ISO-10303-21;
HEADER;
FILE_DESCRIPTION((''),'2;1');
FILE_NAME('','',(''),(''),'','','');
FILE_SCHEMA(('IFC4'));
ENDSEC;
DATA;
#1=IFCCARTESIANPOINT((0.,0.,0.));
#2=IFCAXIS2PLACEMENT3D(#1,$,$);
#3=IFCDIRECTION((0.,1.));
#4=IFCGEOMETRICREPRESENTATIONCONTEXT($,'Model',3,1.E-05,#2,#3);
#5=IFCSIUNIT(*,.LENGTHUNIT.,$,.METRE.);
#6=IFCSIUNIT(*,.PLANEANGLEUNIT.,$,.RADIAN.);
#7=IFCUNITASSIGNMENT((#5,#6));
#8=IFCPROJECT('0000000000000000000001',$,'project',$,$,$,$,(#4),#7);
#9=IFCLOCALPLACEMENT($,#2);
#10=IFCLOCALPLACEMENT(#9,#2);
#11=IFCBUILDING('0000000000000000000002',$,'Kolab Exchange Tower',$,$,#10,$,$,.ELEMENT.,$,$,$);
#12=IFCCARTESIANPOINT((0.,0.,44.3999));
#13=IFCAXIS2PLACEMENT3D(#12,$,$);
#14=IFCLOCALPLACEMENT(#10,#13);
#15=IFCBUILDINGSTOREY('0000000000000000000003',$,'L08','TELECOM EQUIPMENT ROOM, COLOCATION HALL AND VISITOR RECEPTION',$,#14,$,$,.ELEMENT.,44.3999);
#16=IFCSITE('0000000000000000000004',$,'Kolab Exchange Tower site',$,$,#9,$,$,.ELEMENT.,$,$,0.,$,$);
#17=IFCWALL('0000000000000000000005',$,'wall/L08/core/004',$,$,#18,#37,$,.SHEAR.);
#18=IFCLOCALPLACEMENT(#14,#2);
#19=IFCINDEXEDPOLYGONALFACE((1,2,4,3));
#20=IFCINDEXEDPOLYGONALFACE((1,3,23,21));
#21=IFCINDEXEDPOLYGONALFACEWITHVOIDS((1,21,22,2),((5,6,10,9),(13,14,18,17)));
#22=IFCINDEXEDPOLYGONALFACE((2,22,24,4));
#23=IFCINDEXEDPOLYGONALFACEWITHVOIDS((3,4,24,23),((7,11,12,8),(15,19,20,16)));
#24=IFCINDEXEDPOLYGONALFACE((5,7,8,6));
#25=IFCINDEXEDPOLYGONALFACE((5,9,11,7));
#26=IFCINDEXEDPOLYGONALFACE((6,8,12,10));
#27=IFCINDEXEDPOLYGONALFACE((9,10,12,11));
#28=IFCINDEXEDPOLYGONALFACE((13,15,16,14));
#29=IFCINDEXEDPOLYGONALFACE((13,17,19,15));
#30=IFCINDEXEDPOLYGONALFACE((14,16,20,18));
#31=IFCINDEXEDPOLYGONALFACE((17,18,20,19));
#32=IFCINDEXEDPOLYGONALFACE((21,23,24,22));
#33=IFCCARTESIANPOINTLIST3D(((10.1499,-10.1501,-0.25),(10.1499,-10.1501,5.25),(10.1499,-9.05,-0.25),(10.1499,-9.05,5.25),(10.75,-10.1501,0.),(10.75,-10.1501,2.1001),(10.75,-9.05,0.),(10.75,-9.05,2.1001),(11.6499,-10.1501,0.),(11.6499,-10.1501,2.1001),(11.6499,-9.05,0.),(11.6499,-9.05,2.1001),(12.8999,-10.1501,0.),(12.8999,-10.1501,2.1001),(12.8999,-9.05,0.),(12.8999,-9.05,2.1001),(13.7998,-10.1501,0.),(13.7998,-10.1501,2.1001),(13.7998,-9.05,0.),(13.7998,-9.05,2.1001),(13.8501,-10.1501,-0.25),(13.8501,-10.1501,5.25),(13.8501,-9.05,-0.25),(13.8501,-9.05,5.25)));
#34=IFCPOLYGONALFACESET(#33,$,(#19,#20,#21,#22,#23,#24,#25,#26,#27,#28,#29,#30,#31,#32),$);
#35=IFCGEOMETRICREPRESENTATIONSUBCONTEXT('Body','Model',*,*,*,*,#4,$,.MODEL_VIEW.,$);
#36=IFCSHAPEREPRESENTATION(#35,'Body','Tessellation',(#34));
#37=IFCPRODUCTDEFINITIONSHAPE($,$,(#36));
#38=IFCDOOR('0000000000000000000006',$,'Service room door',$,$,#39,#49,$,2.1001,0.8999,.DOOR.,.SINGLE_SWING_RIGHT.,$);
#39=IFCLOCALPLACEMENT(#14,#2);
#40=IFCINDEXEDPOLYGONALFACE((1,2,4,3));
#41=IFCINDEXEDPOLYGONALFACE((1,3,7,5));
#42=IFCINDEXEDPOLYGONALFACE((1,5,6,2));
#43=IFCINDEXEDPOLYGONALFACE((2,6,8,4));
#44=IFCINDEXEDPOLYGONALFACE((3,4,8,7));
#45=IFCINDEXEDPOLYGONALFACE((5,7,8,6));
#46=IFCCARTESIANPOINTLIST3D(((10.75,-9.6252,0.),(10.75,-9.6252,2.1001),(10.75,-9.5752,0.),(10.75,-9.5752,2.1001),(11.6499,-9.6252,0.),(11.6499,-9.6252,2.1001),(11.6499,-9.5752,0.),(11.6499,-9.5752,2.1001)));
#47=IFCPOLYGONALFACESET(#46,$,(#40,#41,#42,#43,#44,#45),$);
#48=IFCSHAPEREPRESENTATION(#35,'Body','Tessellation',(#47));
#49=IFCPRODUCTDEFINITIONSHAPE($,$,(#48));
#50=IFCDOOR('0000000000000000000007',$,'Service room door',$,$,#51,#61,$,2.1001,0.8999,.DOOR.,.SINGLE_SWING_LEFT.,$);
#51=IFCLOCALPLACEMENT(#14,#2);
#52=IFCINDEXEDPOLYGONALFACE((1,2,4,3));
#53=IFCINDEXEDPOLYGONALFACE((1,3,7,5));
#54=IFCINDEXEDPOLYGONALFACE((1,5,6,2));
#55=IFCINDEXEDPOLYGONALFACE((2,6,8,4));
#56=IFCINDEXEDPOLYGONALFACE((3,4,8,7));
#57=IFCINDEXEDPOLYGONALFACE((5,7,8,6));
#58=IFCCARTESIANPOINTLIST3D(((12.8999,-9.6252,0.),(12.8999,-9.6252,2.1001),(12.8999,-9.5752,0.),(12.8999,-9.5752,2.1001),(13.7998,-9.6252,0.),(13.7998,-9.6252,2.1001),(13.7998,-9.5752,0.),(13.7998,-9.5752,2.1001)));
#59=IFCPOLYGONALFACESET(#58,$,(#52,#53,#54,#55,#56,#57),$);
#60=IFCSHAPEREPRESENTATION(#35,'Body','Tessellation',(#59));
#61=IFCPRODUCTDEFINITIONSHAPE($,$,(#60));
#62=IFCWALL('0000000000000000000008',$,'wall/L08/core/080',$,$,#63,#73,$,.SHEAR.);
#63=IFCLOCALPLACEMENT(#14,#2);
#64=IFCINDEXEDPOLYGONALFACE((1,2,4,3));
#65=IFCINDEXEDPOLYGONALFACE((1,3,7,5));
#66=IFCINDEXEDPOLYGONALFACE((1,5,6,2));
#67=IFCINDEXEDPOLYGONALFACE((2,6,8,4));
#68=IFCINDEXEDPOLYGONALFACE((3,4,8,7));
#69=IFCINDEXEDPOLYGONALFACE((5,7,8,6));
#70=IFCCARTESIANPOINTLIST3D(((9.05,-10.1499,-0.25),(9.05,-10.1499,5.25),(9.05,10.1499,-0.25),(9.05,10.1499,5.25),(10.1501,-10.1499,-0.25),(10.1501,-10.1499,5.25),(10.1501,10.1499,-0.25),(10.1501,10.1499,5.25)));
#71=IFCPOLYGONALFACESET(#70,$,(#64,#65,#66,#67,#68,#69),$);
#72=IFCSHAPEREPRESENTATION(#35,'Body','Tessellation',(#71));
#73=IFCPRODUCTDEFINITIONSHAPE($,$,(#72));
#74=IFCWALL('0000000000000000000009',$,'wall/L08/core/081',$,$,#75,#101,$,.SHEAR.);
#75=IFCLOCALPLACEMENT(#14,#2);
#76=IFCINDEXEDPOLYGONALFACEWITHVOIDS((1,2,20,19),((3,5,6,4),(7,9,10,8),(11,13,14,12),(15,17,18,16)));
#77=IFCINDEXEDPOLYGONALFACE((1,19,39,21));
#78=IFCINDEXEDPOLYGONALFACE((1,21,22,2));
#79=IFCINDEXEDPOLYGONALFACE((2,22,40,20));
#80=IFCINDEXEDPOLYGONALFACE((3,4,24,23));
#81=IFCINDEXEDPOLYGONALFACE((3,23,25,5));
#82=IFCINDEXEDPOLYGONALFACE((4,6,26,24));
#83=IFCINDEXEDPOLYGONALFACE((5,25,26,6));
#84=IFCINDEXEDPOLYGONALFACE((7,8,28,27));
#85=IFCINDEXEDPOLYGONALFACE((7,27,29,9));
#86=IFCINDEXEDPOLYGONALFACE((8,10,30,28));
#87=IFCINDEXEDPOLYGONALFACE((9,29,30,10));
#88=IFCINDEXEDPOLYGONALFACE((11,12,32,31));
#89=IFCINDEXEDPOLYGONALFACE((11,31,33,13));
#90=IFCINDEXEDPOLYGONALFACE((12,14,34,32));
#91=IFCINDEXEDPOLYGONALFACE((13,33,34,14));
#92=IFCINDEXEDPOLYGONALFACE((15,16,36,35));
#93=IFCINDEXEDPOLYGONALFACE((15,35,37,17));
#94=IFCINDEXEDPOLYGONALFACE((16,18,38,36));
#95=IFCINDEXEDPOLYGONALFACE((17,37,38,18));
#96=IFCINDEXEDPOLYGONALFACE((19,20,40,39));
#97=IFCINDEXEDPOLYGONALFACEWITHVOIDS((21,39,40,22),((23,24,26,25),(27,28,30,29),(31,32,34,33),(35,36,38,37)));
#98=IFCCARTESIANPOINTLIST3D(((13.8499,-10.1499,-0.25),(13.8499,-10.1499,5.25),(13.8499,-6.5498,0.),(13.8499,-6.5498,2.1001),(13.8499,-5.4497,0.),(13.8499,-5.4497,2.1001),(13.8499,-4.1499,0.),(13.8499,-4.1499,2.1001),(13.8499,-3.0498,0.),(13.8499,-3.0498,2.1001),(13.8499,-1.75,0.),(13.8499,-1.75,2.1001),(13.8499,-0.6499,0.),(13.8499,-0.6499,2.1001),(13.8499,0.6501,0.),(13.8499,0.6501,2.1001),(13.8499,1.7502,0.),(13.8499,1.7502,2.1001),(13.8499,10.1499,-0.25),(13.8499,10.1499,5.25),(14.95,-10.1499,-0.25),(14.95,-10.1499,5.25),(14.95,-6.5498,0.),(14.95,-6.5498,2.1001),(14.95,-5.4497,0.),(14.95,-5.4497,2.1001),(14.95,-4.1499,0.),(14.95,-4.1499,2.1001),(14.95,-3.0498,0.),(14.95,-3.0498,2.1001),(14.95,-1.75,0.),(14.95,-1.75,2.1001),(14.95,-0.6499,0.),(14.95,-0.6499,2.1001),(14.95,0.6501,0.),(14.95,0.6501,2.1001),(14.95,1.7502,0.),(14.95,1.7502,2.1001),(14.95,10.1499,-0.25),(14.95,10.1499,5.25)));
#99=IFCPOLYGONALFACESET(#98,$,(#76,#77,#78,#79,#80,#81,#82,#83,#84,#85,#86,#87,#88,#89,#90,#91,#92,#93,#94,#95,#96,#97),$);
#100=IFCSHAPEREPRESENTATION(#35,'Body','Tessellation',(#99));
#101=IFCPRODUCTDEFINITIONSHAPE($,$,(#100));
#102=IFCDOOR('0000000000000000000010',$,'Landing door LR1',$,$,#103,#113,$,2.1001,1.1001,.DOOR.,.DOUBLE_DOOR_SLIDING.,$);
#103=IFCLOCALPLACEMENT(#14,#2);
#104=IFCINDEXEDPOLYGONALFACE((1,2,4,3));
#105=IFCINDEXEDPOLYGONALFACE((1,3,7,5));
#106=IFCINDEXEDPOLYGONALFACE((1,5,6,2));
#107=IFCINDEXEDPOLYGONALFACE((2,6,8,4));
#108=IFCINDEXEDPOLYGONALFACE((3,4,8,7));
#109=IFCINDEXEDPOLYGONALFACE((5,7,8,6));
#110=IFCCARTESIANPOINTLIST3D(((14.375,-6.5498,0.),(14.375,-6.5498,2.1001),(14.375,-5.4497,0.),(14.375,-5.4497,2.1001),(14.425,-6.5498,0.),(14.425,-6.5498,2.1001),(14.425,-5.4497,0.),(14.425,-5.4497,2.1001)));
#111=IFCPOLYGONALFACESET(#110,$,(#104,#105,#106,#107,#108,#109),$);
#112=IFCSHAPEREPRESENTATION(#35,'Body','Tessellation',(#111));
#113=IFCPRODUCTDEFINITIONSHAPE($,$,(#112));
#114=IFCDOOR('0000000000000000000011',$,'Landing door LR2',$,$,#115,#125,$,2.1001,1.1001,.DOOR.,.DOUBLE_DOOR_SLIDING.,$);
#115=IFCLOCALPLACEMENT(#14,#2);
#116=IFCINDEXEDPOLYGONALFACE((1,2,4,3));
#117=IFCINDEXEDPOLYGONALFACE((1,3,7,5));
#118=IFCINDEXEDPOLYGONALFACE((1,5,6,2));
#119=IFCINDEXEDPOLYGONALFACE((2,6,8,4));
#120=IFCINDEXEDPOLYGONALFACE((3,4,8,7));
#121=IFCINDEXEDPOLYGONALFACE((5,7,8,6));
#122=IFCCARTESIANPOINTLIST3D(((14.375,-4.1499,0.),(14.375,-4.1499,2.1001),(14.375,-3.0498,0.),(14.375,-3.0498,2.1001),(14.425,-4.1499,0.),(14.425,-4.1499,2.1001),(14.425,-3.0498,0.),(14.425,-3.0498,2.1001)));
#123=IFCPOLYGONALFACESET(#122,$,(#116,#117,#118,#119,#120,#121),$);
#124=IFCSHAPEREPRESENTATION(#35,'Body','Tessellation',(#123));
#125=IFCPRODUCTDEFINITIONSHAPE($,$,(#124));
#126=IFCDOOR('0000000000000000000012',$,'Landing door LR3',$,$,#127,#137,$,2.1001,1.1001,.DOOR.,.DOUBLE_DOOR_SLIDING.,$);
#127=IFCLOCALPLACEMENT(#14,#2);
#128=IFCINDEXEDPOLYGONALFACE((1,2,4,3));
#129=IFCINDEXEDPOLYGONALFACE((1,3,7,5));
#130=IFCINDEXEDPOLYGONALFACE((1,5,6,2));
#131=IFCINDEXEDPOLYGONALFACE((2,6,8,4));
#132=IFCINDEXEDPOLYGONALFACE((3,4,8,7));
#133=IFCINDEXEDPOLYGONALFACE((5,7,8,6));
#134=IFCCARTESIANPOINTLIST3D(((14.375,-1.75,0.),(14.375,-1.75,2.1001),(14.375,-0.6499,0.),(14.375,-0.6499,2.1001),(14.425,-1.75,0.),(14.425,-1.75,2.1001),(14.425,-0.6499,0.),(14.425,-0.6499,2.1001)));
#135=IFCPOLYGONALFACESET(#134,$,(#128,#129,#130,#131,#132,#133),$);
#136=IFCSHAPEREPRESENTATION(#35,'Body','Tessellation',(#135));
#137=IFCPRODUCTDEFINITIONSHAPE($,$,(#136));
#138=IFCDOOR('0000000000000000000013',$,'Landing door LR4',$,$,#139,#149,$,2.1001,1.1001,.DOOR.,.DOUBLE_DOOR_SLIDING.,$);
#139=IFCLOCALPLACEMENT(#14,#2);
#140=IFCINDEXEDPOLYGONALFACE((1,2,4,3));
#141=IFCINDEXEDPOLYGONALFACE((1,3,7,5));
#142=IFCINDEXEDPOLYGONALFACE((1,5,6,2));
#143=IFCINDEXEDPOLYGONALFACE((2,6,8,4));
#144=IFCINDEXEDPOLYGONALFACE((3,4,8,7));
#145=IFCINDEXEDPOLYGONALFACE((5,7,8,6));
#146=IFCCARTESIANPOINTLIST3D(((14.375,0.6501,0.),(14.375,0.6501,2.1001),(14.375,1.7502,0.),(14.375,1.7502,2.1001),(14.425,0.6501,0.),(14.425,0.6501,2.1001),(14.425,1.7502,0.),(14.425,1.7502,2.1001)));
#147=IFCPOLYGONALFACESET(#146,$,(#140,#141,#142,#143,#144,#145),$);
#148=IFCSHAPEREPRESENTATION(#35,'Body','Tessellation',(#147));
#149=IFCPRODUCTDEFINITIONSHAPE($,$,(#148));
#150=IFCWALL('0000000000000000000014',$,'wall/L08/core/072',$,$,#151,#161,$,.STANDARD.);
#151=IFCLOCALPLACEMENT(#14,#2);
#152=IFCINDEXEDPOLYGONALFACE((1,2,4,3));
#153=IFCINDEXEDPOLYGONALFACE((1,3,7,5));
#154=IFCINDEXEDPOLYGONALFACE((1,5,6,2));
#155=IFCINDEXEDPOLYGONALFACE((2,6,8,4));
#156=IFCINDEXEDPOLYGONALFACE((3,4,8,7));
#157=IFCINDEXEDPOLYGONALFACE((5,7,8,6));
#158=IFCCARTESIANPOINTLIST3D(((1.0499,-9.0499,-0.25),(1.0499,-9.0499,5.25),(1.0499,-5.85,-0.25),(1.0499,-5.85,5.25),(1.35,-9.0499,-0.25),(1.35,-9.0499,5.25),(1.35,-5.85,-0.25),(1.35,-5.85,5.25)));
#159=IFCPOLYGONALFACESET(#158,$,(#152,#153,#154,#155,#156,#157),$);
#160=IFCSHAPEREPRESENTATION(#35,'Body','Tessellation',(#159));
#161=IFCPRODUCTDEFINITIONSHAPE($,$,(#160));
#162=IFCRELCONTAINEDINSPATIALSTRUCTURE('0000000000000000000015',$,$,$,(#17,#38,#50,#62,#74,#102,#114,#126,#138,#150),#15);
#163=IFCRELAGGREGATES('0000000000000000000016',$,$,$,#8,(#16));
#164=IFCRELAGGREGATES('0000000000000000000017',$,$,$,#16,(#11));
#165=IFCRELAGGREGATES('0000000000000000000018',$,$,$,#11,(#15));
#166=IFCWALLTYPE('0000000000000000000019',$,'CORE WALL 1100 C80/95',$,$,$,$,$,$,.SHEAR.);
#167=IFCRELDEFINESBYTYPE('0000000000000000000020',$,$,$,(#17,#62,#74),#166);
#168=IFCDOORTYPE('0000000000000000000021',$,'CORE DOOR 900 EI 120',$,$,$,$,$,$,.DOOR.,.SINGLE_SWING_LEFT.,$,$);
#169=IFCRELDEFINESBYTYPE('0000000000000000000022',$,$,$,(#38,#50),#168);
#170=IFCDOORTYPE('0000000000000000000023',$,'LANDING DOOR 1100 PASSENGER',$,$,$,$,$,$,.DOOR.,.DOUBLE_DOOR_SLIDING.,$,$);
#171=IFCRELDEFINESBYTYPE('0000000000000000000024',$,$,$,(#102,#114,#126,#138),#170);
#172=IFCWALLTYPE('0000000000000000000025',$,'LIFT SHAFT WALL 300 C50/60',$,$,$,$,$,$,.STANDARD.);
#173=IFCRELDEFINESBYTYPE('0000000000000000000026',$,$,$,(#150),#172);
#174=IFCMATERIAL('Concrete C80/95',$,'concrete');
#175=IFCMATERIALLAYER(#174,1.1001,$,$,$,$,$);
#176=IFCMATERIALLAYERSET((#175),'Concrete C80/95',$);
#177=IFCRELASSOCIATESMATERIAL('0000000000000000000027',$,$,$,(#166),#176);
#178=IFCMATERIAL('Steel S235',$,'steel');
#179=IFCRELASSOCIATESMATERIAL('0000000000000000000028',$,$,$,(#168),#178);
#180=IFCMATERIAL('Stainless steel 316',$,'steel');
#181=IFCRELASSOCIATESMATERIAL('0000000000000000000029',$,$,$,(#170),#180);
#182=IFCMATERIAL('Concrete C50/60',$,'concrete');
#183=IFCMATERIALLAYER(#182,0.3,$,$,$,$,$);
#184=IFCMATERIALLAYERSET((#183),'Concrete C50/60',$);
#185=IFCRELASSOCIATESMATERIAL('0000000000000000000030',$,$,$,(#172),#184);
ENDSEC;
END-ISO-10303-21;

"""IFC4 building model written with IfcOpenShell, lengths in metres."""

from ifc_helpers import new_model, si_unit, direction, frame, frame_2d, origin, place, context, subcontext, project, spatial, rectangle, extrude, material, layer, layer_set, type_object, element, fill, save


model = new_model("IFC4")

# Units and contexts
model_context = context("Model", 3, precision=1e-05, world=origin(), true_north=direction((0.0, 1.0)))
body_context = subcontext(model_context, "Body", "Model", "MODEL_VIEW")
ifc_project = project(units=[si_unit("LENGTHUNIT", "METRE"), si_unit("PLANEANGLEUNIT", "RADIAN")], contexts=[model_context])

# Site, building, storey
site_placement = place(None, origin())
site = spatial("IfcSite", under=ifc_project, at=site_placement, Name="Kolab Exchange Tower site", CompositionType="ELEMENT", RefElevation=0.0)
building_placement = place(site_placement, origin())
building = spatial("IfcBuilding", under=site, at=building_placement, Name="Kolab Exchange Tower", CompositionType="ELEMENT")
storey_placement = place(building_placement, frame((0.0, 0.0, 44.3999)))
storey = spatial("IfcBuildingStorey", under=building, at=storey_placement, Name="L08", Description="TELECOM EQUIPMENT ROOM, COLOCATION HALL AND VISITOR RECEPTION", CompositionType="ELEMENT", Elevation=44.3999)

# Shared definitions
ifc_material_1 = material(Name="Concrete C80/95", Category="concrete")

# Wall, openings, doors
ifc_layer_1 = layer(ifc_material_1, 1.1001)
ifc_layer_set_1 = layer_set([ifc_layer_1], Name="Concrete C80/95")
wall_type_1 = type_object("IfcWallType", Name="CORE WALL 1100 C80/95", PredefinedType="SHEAR", material=ifc_layer_set_1)
wall_1_placement = place(storey_placement, frame((10.1499, -9.6001, -0.25), z_axis=(0.0, 0.0, 1.0), x_axis=(1.0, 0.0, 0.0)))
wall_1 = element("IfcWall", 1, at=wall_1_placement, inside=storey, type_object=wall_type_1, Name="wall/L08/core/004", PredefinedType="SHEAR", context=body_context, shape_type="SweptSolid", body=[
    extrude(rectangle(XDim=3.7002, YDim=1.1001, at=frame_2d((1.8501, 0.0))), origin(), (0.0, 0.0, 1.0), 5.5),
])
opening_1_placement = place(wall_1_placement, frame((0.6001, 0.0, 0.25)))
opening_1 = element("IfcOpeningElement", 2, at=opening_1_placement, cuts=wall_1, PredefinedType="OPENING", context=body_context, shape_type="SweptSolid", body=[
    extrude(rectangle(XDim=0.8999, YDim=2.1001, at=frame_2d((0.45, 1.05))), frame((0.0, 0.5601, 0.0), z_axis=(0.0, -1.0, 0.0), x_axis=(1.0, 0.0, 0.0)), (0.0, 0.0, 1.0), 1.1201),
])
opening_2_placement = place(wall_1_placement, frame((2.75, 0.0, 0.25)))
opening_2 = element("IfcOpeningElement", 3, at=opening_2_placement, cuts=wall_1, PredefinedType="OPENING", context=body_context, shape_type="SweptSolid", body=[
    extrude(rectangle(XDim=0.8999, YDim=2.1001, at=frame_2d((0.45, 1.05))), frame((0.0, 0.5601, 0.0), z_axis=(0.0, -1.0, 0.0), x_axis=(1.0, 0.0, 0.0)), (0.0, 0.0, 1.0), 1.1201),
])
ifc_material_2 = material(Name="Steel S235", Category="steel")
door_type_1 = type_object("IfcDoorType", Name="CORE DOOR 900 EI 120", OperationType="SINGLE_SWING_LEFT", PredefinedType="DOOR", material=ifc_material_2)
door_1_placement = place(opening_1_placement, origin())
door_1 = element("IfcDoor", 4, at=door_1_placement, inside=storey, type_object=door_type_1, Name="Service room door", OperationType="SINGLE_SWING_RIGHT", OverallHeight=2.1001, OverallWidth=0.8999, PredefinedType="DOOR", context=body_context, shape_type="SweptSolid", body=[
    extrude(rectangle(XDim=0.8999, YDim=2.1001, at=frame_2d((0.45, 1.05))), frame((0.0, 0.0249, 0.0), z_axis=(0.0, -1.0, 0.0), x_axis=(1.0, 0.0, 0.0)), (0.0, 0.0, 1.0), 0.05),
])
fill(opening_1, door_1)
door_2_placement = place(opening_2_placement, origin())
door_2 = element("IfcDoor", 5, at=door_2_placement, inside=storey, type_object=door_type_1, Name="Service room door", OperationType="SINGLE_SWING_LEFT", OverallHeight=2.1001, OverallWidth=0.8999, PredefinedType="DOOR", context=body_context, shape_type="SweptSolid", body=[
    extrude(rectangle(XDim=0.8999, YDim=2.1001, at=frame_2d((0.45, 1.05))), frame((0.0, 0.0249, 0.0), z_axis=(0.0, -1.0, 0.0), x_axis=(1.0, 0.0, 0.0)), (0.0, 0.0, 1.0), 0.05),
])
fill(opening_2, door_2)

# Wall
wall_2_placement = place(storey_placement, frame((9.6001, -10.1499, -0.25), z_axis=(0.0, 0.0, 1.0), x_axis=(0.0, 1.0, 0.0)))
element("IfcWall", 6, at=wall_2_placement, inside=storey, type_object=wall_type_1, Name="wall/L08/core/080", PredefinedType="SHEAR", context=body_context, shape_type="SweptSolid", body=[
    extrude(rectangle(XDim=20.2998, YDim=1.1001, at=frame_2d((10.1499, 0.0))), origin(), (0.0, 0.0, 1.0), 5.5),
])

# Wall, openings, doors
wall_3_placement = place(storey_placement, frame((14.3999, -10.1499, -0.25), z_axis=(0.0, 0.0, 1.0), x_axis=(0.0, 1.0, 0.0)))
wall_3 = element("IfcWall", 7, at=wall_3_placement, inside=storey, type_object=wall_type_1, Name="wall/L08/core/081", PredefinedType="SHEAR", context=body_context, shape_type="SweptSolid", body=[
    extrude(rectangle(XDim=20.2998, YDim=1.1001, at=frame_2d((10.1499, 0.0))), origin(), (0.0, 0.0, 1.0), 5.5),
])
opening_3_placement = place(wall_3_placement, frame((3.6001, 0.0, 0.25)))
opening_3 = element("IfcOpeningElement", 8, at=opening_3_placement, cuts=wall_3, PredefinedType="OPENING", context=body_context, shape_type="SweptSolid", body=[
    extrude(rectangle(XDim=1.1001, YDim=2.1001, at=frame_2d((0.55, 1.05))), frame((0.0, 0.5601, 0.0), z_axis=(0.0, -1.0, 0.0), x_axis=(1.0, 0.0, 0.0)), (0.0, 0.0, 1.0), 1.1201),
])
opening_4_placement = place(wall_3_placement, frame((6.0, 0.0, 0.25)))
opening_4 = element("IfcOpeningElement", 9, at=opening_4_placement, cuts=wall_3, PredefinedType="OPENING", context=body_context, shape_type="SweptSolid", body=[
    extrude(rectangle(XDim=1.1001, YDim=2.1001, at=frame_2d((0.55, 1.05))), frame((0.0, 0.5601, 0.0), z_axis=(0.0, -1.0, 0.0), x_axis=(1.0, 0.0, 0.0)), (0.0, 0.0, 1.0), 1.1201),
])
opening_5_placement = place(wall_3_placement, frame((8.3999, 0.0, 0.25)))
opening_5 = element("IfcOpeningElement", 10, at=opening_5_placement, cuts=wall_3, PredefinedType="OPENING", context=body_context, shape_type="SweptSolid", body=[
    extrude(rectangle(XDim=1.1001, YDim=2.1001, at=frame_2d((0.55, 1.05))), frame((0.0, 0.5601, 0.0), z_axis=(0.0, -1.0, 0.0), x_axis=(1.0, 0.0, 0.0)), (0.0, 0.0, 1.0), 1.1201),
])
opening_6_placement = place(wall_3_placement, frame((10.8, 0.0, 0.25)))
opening_6 = element("IfcOpeningElement", 11, at=opening_6_placement, cuts=wall_3, PredefinedType="OPENING", context=body_context, shape_type="SweptSolid", body=[
    extrude(rectangle(XDim=1.1001, YDim=2.1001, at=frame_2d((0.55, 1.05))), frame((0.0, 0.5601, 0.0), z_axis=(0.0, -1.0, 0.0), x_axis=(1.0, 0.0, 0.0)), (0.0, 0.0, 1.0), 1.1201),
])
ifc_material_3 = material(Name="Stainless steel 316", Category="steel")
door_type_2 = type_object("IfcDoorType", Name="LANDING DOOR 1100 PASSENGER", OperationType="DOUBLE_DOOR_SLIDING", PredefinedType="DOOR", material=ifc_material_3)
door_3_placement = place(opening_3_placement, origin())
door_3 = element("IfcDoor", 12, at=door_3_placement, inside=storey, type_object=door_type_2, Name="Landing door LR1", OperationType="DOUBLE_DOOR_SLIDING", OverallHeight=2.1001, OverallWidth=1.1001, PredefinedType="DOOR", context=body_context, shape_type="SweptSolid", body=[
    extrude(rectangle(XDim=1.1001, YDim=2.1001, at=frame_2d((0.55, 1.05))), frame((0.0, 0.0249, 0.0), z_axis=(0.0, -1.0, 0.0), x_axis=(1.0, 0.0, 0.0)), (0.0, 0.0, 1.0), 0.05),
])
fill(opening_3, door_3)
door_4_placement = place(opening_4_placement, origin())
door_4 = element("IfcDoor", 13, at=door_4_placement, inside=storey, type_object=door_type_2, Name="Landing door LR2", OperationType="DOUBLE_DOOR_SLIDING", OverallHeight=2.1001, OverallWidth=1.1001, PredefinedType="DOOR", context=body_context, shape_type="SweptSolid", body=[
    extrude(rectangle(XDim=1.1001, YDim=2.1001, at=frame_2d((0.55, 1.05))), frame((0.0, 0.0249, 0.0), z_axis=(0.0, -1.0, 0.0), x_axis=(1.0, 0.0, 0.0)), (0.0, 0.0, 1.0), 0.05),
])
fill(opening_4, door_4)
door_5_placement = place(opening_5_placement, origin())
door_5 = element("IfcDoor", 14, at=door_5_placement, inside=storey, type_object=door_type_2, Name="Landing door LR3", OperationType="DOUBLE_DOOR_SLIDING", OverallHeight=2.1001, OverallWidth=1.1001, PredefinedType="DOOR", context=body_context, shape_type="SweptSolid", body=[
    extrude(rectangle(XDim=1.1001, YDim=2.1001, at=frame_2d((0.55, 1.05))), frame((0.0, 0.0249, 0.0), z_axis=(0.0, -1.0, 0.0), x_axis=(1.0, 0.0, 0.0)), (0.0, 0.0, 1.0), 0.05),
])
fill(opening_5, door_5)
door_6_placement = place(opening_6_placement, origin())
door_6 = element("IfcDoor", 15, at=door_6_placement, inside=storey, type_object=door_type_2, Name="Landing door LR4", OperationType="DOUBLE_DOOR_SLIDING", OverallHeight=2.1001, OverallWidth=1.1001, PredefinedType="DOOR", context=body_context, shape_type="SweptSolid", body=[
    extrude(rectangle(XDim=1.1001, YDim=2.1001, at=frame_2d((0.55, 1.05))), frame((0.0, 0.0249, 0.0), z_axis=(0.0, -1.0, 0.0), x_axis=(1.0, 0.0, 0.0)), (0.0, 0.0, 1.0), 0.05),
])
fill(opening_6, door_6)

# Wall
ifc_material_4 = material(Name="Concrete C50/60", Category="concrete")
ifc_layer_2 = layer(ifc_material_4, 0.3)
ifc_layer_set_2 = layer_set([ifc_layer_2], Name="Concrete C50/60")
wall_type_2 = type_object("IfcWallType", Name="LIFT SHAFT WALL 300 C50/60", PredefinedType="STANDARD", material=ifc_layer_set_2)
wall_4_placement = place(storey_placement, frame((1.2, -9.05, -0.25), z_axis=(0.0, 0.0, 1.0), x_axis=(0.0, 1.0, 0.0)))
element("IfcWall", 16, at=wall_4_placement, inside=storey, type_object=wall_type_2, Name="wall/L08/core/072", PredefinedType="STANDARD", context=body_context, shape_type="SweptSolid", body=[
    extrude(rectangle(XDim=3.2, YDim=0.3, at=frame_2d((1.6001, 0.0))), origin(), (0.0, 0.0, 1.0), 5.5),
])

save(model, "model.ifc")
